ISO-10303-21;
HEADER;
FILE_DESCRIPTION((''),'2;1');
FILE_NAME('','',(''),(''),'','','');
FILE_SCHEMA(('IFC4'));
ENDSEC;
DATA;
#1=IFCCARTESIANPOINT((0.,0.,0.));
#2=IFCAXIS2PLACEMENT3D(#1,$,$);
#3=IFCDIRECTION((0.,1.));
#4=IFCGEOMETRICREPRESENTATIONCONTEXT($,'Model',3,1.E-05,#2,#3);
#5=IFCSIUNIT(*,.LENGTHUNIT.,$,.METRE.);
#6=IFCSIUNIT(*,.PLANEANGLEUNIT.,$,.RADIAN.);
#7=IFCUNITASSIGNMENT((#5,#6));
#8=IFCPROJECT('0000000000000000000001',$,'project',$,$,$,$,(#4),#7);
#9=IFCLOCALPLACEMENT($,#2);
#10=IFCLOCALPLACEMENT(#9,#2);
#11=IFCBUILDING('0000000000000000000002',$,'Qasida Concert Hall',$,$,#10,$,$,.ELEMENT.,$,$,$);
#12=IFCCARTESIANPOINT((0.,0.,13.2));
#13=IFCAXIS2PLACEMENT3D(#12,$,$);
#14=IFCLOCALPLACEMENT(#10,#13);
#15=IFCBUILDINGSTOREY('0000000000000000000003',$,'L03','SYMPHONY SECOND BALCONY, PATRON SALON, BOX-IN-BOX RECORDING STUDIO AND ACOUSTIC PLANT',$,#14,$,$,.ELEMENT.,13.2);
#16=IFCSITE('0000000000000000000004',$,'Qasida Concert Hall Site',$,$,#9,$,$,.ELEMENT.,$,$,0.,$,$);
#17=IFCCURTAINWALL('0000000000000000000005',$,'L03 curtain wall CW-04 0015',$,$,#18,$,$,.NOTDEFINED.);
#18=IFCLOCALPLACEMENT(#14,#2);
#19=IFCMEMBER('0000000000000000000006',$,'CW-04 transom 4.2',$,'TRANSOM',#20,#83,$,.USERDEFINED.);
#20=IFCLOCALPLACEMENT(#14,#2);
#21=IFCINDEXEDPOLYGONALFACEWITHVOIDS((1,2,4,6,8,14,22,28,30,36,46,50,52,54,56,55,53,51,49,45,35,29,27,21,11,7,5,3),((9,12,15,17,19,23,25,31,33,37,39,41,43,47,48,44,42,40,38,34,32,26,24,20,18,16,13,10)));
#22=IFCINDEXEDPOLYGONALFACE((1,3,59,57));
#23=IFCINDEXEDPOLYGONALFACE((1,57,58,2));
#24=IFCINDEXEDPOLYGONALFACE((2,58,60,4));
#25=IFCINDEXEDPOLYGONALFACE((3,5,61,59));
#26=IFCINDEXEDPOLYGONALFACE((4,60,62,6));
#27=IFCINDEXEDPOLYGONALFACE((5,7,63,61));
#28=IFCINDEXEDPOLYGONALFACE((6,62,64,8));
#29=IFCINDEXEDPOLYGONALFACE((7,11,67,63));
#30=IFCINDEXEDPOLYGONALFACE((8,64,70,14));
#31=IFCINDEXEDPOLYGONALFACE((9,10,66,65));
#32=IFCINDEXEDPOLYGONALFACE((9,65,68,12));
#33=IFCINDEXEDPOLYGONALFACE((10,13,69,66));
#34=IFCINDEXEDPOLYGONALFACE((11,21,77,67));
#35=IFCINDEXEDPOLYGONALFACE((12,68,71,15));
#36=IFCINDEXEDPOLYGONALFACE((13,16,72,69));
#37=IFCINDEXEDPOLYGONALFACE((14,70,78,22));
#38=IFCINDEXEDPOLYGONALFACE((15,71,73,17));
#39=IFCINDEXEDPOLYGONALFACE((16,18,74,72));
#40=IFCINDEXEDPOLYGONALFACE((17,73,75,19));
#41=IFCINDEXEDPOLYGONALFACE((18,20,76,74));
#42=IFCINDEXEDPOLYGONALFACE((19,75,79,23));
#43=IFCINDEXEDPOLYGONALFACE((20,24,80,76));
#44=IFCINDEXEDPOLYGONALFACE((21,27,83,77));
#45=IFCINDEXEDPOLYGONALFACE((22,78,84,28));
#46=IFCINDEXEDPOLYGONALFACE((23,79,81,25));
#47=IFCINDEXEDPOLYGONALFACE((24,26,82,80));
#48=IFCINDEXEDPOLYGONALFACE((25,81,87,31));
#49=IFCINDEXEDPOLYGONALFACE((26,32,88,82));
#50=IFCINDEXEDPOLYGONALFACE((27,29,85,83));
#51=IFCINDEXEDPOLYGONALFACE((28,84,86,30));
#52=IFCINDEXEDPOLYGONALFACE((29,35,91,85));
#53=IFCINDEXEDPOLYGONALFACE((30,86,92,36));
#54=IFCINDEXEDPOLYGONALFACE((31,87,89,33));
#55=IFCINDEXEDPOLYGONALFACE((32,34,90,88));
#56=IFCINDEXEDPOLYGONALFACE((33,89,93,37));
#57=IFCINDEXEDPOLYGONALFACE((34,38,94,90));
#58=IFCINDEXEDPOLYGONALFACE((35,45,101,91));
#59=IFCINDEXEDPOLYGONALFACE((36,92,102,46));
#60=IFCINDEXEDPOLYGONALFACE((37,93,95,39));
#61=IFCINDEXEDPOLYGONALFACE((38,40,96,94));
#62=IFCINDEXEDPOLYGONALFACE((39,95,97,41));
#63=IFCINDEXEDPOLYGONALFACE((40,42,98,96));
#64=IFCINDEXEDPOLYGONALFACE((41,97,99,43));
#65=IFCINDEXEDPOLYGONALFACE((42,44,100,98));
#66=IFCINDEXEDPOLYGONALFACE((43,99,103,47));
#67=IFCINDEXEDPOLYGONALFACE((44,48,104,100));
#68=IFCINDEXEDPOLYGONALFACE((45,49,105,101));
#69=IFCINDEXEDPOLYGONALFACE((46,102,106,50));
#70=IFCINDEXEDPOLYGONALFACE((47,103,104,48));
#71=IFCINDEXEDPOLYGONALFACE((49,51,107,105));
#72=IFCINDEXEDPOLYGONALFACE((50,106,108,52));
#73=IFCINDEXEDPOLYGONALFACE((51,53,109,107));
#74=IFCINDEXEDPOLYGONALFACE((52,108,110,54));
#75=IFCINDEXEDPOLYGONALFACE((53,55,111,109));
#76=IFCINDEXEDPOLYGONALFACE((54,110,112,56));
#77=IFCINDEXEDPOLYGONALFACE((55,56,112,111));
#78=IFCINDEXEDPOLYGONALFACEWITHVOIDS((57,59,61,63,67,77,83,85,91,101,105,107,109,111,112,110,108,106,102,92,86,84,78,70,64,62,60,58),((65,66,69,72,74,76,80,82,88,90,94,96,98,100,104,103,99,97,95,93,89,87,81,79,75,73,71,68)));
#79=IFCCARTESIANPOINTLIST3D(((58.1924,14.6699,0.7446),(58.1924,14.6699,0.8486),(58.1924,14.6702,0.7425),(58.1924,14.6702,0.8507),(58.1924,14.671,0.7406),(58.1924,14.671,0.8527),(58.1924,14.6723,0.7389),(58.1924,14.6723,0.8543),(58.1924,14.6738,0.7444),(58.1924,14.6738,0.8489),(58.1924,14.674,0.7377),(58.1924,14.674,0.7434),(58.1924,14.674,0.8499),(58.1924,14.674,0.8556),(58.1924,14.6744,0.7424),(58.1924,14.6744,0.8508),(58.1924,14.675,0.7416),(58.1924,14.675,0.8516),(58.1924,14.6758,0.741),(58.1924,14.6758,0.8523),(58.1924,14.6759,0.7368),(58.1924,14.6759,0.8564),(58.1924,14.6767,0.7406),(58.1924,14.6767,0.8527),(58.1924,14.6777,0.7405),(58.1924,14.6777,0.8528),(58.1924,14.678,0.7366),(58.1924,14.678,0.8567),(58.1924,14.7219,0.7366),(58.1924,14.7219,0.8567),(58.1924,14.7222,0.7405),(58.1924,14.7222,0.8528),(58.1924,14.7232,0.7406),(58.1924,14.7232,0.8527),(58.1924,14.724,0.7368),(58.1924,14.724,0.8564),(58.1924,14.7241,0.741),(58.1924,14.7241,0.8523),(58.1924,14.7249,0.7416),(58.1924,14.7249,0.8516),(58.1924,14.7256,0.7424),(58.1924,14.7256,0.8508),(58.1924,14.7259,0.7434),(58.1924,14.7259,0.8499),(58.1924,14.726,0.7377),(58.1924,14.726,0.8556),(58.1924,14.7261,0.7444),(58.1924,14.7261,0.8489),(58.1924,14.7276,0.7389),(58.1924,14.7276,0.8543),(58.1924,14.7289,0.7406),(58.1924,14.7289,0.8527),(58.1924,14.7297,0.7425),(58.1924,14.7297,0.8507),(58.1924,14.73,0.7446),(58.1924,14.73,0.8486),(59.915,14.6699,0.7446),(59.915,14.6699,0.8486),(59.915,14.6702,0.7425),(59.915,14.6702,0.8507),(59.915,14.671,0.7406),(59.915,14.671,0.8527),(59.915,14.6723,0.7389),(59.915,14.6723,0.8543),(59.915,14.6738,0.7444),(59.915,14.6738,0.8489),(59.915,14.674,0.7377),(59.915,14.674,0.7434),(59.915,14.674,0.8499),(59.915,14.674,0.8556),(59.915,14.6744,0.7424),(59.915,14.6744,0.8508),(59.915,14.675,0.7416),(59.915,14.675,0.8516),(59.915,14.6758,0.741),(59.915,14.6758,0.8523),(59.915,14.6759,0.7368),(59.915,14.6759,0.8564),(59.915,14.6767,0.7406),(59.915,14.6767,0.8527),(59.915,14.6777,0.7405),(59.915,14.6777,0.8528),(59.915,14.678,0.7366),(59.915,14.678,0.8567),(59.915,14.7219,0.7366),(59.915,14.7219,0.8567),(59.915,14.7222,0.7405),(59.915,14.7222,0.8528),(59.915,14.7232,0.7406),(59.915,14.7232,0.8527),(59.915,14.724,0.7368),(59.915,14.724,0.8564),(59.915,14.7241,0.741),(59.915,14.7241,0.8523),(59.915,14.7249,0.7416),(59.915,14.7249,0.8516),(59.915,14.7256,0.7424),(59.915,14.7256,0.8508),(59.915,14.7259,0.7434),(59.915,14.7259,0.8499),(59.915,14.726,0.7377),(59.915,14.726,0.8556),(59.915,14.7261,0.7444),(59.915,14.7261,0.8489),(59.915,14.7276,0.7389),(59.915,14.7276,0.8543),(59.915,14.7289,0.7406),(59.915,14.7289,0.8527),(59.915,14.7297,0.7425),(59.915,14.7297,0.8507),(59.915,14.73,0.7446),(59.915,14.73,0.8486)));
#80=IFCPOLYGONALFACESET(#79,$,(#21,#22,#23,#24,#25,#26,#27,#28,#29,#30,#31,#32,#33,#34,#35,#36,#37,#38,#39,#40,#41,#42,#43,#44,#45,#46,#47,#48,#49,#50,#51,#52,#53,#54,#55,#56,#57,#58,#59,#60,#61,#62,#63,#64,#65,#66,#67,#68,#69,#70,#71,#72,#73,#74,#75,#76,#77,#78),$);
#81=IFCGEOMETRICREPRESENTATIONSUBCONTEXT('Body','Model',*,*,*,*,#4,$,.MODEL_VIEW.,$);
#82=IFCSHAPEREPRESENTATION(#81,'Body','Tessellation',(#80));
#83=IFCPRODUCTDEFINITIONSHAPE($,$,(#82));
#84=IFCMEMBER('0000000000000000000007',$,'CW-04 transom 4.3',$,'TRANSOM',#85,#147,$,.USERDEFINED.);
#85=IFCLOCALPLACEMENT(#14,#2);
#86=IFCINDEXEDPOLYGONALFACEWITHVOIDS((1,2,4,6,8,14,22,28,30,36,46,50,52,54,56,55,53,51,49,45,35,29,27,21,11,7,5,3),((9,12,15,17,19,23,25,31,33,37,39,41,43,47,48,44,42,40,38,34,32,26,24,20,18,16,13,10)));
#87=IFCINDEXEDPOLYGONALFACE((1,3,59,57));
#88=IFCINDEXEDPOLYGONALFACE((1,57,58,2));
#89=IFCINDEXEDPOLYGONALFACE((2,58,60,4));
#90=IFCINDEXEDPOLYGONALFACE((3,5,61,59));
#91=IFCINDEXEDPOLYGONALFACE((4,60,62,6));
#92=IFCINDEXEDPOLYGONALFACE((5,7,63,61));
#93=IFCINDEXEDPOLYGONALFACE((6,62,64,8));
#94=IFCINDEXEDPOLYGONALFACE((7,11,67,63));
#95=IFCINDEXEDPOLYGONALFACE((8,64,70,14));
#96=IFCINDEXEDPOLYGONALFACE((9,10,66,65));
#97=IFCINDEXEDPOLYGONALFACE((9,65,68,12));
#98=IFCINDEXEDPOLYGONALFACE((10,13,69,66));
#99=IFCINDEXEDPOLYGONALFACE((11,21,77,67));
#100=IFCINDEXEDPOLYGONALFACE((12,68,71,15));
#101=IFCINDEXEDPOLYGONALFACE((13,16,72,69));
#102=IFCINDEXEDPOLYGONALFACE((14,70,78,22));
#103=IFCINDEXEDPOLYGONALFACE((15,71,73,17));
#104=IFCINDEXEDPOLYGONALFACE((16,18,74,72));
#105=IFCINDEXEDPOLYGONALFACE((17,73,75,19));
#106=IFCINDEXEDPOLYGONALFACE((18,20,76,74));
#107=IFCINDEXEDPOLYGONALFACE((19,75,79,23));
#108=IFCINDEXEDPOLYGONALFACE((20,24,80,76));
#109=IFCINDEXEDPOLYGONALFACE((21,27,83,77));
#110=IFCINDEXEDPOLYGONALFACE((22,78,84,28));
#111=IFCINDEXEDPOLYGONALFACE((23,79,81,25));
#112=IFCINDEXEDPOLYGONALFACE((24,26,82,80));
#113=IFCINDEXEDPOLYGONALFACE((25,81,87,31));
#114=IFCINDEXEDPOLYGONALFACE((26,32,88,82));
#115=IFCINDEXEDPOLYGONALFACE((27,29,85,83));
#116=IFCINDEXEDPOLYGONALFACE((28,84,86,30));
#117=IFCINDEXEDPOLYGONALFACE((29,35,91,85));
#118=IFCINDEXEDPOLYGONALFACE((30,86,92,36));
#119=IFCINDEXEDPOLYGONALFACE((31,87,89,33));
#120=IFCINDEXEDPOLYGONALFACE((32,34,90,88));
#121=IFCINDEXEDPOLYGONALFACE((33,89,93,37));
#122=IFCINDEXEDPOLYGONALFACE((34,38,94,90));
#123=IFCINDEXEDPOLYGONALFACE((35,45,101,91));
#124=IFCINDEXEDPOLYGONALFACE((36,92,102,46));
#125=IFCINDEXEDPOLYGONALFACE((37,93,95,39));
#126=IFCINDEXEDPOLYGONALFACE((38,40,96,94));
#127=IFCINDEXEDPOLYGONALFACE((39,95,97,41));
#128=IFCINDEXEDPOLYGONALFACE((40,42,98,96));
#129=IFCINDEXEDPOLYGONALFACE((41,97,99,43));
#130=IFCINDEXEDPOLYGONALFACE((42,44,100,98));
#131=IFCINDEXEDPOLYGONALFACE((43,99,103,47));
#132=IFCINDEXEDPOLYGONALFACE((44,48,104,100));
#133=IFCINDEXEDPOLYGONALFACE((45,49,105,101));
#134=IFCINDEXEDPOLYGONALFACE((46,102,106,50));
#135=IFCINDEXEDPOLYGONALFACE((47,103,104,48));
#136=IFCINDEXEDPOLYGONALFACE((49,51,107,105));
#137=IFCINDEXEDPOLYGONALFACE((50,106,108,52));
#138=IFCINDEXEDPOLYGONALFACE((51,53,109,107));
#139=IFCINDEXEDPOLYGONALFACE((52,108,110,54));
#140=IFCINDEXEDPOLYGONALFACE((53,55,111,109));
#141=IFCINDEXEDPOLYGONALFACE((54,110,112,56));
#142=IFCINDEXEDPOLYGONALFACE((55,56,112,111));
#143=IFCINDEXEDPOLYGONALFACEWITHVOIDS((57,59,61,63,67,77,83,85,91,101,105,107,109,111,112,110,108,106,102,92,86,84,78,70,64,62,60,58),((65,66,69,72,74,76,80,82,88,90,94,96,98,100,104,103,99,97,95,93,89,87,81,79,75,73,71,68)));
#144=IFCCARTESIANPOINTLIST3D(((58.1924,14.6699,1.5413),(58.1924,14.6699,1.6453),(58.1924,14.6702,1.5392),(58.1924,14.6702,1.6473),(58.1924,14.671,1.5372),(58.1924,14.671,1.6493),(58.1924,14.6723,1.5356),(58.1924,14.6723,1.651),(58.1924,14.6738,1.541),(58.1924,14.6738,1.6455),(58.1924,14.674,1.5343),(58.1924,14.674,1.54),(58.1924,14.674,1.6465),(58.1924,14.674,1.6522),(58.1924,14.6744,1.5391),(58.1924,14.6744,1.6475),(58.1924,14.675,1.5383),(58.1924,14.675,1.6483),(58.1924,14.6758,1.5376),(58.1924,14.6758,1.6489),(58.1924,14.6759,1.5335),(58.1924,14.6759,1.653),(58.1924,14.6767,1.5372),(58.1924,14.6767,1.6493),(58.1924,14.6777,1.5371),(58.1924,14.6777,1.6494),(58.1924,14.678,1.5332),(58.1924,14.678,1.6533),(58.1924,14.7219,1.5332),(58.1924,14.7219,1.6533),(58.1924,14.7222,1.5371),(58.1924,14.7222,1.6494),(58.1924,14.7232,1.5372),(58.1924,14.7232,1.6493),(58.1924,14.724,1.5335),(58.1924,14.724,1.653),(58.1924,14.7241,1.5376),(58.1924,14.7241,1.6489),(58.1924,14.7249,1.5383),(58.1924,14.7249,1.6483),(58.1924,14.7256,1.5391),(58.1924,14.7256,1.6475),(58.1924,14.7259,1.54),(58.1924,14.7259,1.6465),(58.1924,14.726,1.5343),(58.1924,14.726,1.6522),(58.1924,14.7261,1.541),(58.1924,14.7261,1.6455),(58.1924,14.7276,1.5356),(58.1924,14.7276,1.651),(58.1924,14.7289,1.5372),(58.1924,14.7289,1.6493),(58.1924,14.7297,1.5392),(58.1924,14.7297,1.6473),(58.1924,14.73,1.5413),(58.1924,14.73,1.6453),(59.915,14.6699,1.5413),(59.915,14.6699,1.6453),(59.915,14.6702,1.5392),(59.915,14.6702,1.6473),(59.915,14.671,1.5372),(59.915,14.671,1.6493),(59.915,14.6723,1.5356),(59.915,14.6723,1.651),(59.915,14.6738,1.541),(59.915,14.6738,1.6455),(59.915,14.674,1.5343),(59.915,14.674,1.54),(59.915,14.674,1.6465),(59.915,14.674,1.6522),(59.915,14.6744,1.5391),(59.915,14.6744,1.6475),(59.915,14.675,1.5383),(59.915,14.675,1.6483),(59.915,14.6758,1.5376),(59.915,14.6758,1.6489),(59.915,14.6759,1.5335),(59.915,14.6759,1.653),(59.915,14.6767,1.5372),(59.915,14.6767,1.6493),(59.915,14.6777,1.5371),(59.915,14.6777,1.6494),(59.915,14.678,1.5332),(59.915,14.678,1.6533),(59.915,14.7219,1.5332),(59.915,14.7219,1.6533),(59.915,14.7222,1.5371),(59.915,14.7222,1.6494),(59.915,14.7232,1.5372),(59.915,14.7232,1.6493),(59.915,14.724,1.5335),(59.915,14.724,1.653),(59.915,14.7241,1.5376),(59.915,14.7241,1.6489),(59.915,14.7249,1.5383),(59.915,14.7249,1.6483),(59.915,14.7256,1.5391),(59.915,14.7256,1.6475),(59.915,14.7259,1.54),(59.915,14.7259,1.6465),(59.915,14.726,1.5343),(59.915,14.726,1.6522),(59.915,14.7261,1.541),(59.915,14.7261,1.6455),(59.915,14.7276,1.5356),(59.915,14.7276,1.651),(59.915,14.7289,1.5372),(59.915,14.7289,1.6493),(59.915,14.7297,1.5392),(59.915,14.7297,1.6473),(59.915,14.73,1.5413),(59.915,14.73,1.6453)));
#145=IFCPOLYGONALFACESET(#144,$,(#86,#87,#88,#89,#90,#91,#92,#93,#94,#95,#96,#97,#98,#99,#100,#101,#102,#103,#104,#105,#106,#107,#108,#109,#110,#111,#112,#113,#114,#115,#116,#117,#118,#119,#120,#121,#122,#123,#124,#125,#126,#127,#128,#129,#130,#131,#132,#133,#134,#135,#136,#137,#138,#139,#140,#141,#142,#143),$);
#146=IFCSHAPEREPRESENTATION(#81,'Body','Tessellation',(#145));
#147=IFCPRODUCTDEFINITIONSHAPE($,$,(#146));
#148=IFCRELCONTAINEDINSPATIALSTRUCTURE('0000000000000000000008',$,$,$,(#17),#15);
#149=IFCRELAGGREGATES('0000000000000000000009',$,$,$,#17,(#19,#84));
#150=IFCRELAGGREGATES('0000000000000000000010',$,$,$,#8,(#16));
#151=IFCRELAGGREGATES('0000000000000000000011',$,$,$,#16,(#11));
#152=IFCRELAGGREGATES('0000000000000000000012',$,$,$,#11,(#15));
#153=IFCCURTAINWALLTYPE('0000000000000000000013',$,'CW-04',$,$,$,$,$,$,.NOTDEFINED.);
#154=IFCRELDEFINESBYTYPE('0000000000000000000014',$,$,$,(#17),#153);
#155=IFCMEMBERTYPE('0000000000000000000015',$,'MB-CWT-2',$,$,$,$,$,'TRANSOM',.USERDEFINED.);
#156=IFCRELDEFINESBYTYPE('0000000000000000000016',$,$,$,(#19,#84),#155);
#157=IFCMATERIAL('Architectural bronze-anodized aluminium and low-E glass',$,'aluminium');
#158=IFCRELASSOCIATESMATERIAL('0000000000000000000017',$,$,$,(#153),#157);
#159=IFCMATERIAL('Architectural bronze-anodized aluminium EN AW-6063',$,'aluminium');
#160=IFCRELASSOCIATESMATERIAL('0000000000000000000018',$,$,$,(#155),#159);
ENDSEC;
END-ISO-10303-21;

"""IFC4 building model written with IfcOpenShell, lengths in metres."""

from ifc_helpers import new_model, si_unit, direction, frame, origin, origin_2d, place, context, subcontext, project, spatial, hollow_rectangle, extrude, material, material_profile, profile_set, type_object, element, aggregate, save


model = new_model("IFC4")

# Units and contexts
model_context = context("Model", 3, precision=1e-05, world=origin(), true_north=direction((0.0, 1.0)))
body_context = subcontext(model_context, "Body", "Model", "MODEL_VIEW")
ifc_project = project(units=[si_unit("LENGTHUNIT", "METRE"), si_unit("PLANEANGLEUNIT", "RADIAN")], contexts=[model_context])

# Site, building, storey
site_placement = place(None, origin())
site = spatial("IfcSite", under=ifc_project, at=site_placement, Name="Qasida Concert Hall Site", CompositionType="ELEMENT", RefElevation=0.0)
building_placement = place(site_placement, origin())
building = spatial("IfcBuilding", under=site, at=building_placement, Name="Qasida Concert Hall", CompositionType="ELEMENT")
storey_placement = place(building_placement, frame((0.0, 0.0, 13.2)))
storey = spatial("IfcBuildingStorey", under=building, at=storey_placement, Name="L03", Description="SYMPHONY SECOND BALCONY, PATRON SALON, BOX-IN-BOX RECORDING STUDIO AND ACOUSTIC PLANT", CompositionType="ELEMENT", Elevation=13.2)

# Curtain wall
ifc_material_1 = material(Name="Architectural bronze-anodized aluminium and low-E glass", Category="aluminium")
curtain_wall_type = type_object("IfcCurtainWallType", Name="CW-04", PredefinedType="NOTDEFINED", material=ifc_material_1)
curtain_wall_1_placement = place(storey_placement, origin())
curtain_wall_1 = element("IfcCurtainWall", 1, at=curtain_wall_1_placement, inside=storey, type_object=curtain_wall_type, Name="L03 curtain wall CW-04 0015", PredefinedType="NOTDEFINED")
ifc_material_2 = material(Name="Architectural bronze-anodized aluminium EN AW-6063", Category="aluminium")

# Members
ifc_material_profile_1 = material_profile(ifc_material_2, hollow_rectangle(XDim=0.0601, YDim=0.1201, WallThickness=0.0039, InnerFilletRadius=0.0039, OuterFilletRadius=0.0081, at=origin_2d()), Name="CWT 120x60x4")
ifc_profile_set_1 = profile_set([ifc_material_profile_1], Name="Architectural bronze-anodized aluminium EN AW-6063")
member_type_1 = type_object("IfcMemberType", Name="MB-CWT-2", ElementType="TRANSOM", PredefinedType="USERDEFINED", material=ifc_profile_set_1)
member_1_placement = place(storey_placement, frame((58.1924, 14.7, 0.7966), z_axis=(1.0, 0.0, 0.0), x_axis=(0.0, 1.0, 0.0)))
member_1 = element("IfcMember", 2, at=member_1_placement, type_object=member_type_1, Name="CW-04 transom 4.2", ObjectType="TRANSOM", PredefinedType="USERDEFINED", context=body_context, shape_type="SweptSolid", body=[
    extrude(hollow_rectangle(XDim=0.0601, YDim=0.1201, WallThickness=0.0039, InnerFilletRadius=0.0039, OuterFilletRadius=0.0081, at=origin_2d()), origin(), (0.0, 0.0, 1.0), 1.7227),
])
member_2_placement = place(storey_placement, frame((58.1924, 14.7, 1.5933), z_axis=(1.0, 0.0, 0.0), x_axis=(0.0, 1.0, 0.0)))
member_2 = element("IfcMember", 3, at=member_2_placement, type_object=member_type_1, Name="CW-04 transom 4.3", ObjectType="TRANSOM", PredefinedType="USERDEFINED", context=body_context, shape_type="SweptSolid", body=[
    extrude(hollow_rectangle(XDim=0.0601, YDim=0.1201, WallThickness=0.0039, InnerFilletRadius=0.0039, OuterFilletRadius=0.0081, at=origin_2d()), origin(), (0.0, 0.0, 1.0), 1.7227),
])

aggregate(curtain_wall_1, [member_1, member_2])

save(model, "model.ifc")
